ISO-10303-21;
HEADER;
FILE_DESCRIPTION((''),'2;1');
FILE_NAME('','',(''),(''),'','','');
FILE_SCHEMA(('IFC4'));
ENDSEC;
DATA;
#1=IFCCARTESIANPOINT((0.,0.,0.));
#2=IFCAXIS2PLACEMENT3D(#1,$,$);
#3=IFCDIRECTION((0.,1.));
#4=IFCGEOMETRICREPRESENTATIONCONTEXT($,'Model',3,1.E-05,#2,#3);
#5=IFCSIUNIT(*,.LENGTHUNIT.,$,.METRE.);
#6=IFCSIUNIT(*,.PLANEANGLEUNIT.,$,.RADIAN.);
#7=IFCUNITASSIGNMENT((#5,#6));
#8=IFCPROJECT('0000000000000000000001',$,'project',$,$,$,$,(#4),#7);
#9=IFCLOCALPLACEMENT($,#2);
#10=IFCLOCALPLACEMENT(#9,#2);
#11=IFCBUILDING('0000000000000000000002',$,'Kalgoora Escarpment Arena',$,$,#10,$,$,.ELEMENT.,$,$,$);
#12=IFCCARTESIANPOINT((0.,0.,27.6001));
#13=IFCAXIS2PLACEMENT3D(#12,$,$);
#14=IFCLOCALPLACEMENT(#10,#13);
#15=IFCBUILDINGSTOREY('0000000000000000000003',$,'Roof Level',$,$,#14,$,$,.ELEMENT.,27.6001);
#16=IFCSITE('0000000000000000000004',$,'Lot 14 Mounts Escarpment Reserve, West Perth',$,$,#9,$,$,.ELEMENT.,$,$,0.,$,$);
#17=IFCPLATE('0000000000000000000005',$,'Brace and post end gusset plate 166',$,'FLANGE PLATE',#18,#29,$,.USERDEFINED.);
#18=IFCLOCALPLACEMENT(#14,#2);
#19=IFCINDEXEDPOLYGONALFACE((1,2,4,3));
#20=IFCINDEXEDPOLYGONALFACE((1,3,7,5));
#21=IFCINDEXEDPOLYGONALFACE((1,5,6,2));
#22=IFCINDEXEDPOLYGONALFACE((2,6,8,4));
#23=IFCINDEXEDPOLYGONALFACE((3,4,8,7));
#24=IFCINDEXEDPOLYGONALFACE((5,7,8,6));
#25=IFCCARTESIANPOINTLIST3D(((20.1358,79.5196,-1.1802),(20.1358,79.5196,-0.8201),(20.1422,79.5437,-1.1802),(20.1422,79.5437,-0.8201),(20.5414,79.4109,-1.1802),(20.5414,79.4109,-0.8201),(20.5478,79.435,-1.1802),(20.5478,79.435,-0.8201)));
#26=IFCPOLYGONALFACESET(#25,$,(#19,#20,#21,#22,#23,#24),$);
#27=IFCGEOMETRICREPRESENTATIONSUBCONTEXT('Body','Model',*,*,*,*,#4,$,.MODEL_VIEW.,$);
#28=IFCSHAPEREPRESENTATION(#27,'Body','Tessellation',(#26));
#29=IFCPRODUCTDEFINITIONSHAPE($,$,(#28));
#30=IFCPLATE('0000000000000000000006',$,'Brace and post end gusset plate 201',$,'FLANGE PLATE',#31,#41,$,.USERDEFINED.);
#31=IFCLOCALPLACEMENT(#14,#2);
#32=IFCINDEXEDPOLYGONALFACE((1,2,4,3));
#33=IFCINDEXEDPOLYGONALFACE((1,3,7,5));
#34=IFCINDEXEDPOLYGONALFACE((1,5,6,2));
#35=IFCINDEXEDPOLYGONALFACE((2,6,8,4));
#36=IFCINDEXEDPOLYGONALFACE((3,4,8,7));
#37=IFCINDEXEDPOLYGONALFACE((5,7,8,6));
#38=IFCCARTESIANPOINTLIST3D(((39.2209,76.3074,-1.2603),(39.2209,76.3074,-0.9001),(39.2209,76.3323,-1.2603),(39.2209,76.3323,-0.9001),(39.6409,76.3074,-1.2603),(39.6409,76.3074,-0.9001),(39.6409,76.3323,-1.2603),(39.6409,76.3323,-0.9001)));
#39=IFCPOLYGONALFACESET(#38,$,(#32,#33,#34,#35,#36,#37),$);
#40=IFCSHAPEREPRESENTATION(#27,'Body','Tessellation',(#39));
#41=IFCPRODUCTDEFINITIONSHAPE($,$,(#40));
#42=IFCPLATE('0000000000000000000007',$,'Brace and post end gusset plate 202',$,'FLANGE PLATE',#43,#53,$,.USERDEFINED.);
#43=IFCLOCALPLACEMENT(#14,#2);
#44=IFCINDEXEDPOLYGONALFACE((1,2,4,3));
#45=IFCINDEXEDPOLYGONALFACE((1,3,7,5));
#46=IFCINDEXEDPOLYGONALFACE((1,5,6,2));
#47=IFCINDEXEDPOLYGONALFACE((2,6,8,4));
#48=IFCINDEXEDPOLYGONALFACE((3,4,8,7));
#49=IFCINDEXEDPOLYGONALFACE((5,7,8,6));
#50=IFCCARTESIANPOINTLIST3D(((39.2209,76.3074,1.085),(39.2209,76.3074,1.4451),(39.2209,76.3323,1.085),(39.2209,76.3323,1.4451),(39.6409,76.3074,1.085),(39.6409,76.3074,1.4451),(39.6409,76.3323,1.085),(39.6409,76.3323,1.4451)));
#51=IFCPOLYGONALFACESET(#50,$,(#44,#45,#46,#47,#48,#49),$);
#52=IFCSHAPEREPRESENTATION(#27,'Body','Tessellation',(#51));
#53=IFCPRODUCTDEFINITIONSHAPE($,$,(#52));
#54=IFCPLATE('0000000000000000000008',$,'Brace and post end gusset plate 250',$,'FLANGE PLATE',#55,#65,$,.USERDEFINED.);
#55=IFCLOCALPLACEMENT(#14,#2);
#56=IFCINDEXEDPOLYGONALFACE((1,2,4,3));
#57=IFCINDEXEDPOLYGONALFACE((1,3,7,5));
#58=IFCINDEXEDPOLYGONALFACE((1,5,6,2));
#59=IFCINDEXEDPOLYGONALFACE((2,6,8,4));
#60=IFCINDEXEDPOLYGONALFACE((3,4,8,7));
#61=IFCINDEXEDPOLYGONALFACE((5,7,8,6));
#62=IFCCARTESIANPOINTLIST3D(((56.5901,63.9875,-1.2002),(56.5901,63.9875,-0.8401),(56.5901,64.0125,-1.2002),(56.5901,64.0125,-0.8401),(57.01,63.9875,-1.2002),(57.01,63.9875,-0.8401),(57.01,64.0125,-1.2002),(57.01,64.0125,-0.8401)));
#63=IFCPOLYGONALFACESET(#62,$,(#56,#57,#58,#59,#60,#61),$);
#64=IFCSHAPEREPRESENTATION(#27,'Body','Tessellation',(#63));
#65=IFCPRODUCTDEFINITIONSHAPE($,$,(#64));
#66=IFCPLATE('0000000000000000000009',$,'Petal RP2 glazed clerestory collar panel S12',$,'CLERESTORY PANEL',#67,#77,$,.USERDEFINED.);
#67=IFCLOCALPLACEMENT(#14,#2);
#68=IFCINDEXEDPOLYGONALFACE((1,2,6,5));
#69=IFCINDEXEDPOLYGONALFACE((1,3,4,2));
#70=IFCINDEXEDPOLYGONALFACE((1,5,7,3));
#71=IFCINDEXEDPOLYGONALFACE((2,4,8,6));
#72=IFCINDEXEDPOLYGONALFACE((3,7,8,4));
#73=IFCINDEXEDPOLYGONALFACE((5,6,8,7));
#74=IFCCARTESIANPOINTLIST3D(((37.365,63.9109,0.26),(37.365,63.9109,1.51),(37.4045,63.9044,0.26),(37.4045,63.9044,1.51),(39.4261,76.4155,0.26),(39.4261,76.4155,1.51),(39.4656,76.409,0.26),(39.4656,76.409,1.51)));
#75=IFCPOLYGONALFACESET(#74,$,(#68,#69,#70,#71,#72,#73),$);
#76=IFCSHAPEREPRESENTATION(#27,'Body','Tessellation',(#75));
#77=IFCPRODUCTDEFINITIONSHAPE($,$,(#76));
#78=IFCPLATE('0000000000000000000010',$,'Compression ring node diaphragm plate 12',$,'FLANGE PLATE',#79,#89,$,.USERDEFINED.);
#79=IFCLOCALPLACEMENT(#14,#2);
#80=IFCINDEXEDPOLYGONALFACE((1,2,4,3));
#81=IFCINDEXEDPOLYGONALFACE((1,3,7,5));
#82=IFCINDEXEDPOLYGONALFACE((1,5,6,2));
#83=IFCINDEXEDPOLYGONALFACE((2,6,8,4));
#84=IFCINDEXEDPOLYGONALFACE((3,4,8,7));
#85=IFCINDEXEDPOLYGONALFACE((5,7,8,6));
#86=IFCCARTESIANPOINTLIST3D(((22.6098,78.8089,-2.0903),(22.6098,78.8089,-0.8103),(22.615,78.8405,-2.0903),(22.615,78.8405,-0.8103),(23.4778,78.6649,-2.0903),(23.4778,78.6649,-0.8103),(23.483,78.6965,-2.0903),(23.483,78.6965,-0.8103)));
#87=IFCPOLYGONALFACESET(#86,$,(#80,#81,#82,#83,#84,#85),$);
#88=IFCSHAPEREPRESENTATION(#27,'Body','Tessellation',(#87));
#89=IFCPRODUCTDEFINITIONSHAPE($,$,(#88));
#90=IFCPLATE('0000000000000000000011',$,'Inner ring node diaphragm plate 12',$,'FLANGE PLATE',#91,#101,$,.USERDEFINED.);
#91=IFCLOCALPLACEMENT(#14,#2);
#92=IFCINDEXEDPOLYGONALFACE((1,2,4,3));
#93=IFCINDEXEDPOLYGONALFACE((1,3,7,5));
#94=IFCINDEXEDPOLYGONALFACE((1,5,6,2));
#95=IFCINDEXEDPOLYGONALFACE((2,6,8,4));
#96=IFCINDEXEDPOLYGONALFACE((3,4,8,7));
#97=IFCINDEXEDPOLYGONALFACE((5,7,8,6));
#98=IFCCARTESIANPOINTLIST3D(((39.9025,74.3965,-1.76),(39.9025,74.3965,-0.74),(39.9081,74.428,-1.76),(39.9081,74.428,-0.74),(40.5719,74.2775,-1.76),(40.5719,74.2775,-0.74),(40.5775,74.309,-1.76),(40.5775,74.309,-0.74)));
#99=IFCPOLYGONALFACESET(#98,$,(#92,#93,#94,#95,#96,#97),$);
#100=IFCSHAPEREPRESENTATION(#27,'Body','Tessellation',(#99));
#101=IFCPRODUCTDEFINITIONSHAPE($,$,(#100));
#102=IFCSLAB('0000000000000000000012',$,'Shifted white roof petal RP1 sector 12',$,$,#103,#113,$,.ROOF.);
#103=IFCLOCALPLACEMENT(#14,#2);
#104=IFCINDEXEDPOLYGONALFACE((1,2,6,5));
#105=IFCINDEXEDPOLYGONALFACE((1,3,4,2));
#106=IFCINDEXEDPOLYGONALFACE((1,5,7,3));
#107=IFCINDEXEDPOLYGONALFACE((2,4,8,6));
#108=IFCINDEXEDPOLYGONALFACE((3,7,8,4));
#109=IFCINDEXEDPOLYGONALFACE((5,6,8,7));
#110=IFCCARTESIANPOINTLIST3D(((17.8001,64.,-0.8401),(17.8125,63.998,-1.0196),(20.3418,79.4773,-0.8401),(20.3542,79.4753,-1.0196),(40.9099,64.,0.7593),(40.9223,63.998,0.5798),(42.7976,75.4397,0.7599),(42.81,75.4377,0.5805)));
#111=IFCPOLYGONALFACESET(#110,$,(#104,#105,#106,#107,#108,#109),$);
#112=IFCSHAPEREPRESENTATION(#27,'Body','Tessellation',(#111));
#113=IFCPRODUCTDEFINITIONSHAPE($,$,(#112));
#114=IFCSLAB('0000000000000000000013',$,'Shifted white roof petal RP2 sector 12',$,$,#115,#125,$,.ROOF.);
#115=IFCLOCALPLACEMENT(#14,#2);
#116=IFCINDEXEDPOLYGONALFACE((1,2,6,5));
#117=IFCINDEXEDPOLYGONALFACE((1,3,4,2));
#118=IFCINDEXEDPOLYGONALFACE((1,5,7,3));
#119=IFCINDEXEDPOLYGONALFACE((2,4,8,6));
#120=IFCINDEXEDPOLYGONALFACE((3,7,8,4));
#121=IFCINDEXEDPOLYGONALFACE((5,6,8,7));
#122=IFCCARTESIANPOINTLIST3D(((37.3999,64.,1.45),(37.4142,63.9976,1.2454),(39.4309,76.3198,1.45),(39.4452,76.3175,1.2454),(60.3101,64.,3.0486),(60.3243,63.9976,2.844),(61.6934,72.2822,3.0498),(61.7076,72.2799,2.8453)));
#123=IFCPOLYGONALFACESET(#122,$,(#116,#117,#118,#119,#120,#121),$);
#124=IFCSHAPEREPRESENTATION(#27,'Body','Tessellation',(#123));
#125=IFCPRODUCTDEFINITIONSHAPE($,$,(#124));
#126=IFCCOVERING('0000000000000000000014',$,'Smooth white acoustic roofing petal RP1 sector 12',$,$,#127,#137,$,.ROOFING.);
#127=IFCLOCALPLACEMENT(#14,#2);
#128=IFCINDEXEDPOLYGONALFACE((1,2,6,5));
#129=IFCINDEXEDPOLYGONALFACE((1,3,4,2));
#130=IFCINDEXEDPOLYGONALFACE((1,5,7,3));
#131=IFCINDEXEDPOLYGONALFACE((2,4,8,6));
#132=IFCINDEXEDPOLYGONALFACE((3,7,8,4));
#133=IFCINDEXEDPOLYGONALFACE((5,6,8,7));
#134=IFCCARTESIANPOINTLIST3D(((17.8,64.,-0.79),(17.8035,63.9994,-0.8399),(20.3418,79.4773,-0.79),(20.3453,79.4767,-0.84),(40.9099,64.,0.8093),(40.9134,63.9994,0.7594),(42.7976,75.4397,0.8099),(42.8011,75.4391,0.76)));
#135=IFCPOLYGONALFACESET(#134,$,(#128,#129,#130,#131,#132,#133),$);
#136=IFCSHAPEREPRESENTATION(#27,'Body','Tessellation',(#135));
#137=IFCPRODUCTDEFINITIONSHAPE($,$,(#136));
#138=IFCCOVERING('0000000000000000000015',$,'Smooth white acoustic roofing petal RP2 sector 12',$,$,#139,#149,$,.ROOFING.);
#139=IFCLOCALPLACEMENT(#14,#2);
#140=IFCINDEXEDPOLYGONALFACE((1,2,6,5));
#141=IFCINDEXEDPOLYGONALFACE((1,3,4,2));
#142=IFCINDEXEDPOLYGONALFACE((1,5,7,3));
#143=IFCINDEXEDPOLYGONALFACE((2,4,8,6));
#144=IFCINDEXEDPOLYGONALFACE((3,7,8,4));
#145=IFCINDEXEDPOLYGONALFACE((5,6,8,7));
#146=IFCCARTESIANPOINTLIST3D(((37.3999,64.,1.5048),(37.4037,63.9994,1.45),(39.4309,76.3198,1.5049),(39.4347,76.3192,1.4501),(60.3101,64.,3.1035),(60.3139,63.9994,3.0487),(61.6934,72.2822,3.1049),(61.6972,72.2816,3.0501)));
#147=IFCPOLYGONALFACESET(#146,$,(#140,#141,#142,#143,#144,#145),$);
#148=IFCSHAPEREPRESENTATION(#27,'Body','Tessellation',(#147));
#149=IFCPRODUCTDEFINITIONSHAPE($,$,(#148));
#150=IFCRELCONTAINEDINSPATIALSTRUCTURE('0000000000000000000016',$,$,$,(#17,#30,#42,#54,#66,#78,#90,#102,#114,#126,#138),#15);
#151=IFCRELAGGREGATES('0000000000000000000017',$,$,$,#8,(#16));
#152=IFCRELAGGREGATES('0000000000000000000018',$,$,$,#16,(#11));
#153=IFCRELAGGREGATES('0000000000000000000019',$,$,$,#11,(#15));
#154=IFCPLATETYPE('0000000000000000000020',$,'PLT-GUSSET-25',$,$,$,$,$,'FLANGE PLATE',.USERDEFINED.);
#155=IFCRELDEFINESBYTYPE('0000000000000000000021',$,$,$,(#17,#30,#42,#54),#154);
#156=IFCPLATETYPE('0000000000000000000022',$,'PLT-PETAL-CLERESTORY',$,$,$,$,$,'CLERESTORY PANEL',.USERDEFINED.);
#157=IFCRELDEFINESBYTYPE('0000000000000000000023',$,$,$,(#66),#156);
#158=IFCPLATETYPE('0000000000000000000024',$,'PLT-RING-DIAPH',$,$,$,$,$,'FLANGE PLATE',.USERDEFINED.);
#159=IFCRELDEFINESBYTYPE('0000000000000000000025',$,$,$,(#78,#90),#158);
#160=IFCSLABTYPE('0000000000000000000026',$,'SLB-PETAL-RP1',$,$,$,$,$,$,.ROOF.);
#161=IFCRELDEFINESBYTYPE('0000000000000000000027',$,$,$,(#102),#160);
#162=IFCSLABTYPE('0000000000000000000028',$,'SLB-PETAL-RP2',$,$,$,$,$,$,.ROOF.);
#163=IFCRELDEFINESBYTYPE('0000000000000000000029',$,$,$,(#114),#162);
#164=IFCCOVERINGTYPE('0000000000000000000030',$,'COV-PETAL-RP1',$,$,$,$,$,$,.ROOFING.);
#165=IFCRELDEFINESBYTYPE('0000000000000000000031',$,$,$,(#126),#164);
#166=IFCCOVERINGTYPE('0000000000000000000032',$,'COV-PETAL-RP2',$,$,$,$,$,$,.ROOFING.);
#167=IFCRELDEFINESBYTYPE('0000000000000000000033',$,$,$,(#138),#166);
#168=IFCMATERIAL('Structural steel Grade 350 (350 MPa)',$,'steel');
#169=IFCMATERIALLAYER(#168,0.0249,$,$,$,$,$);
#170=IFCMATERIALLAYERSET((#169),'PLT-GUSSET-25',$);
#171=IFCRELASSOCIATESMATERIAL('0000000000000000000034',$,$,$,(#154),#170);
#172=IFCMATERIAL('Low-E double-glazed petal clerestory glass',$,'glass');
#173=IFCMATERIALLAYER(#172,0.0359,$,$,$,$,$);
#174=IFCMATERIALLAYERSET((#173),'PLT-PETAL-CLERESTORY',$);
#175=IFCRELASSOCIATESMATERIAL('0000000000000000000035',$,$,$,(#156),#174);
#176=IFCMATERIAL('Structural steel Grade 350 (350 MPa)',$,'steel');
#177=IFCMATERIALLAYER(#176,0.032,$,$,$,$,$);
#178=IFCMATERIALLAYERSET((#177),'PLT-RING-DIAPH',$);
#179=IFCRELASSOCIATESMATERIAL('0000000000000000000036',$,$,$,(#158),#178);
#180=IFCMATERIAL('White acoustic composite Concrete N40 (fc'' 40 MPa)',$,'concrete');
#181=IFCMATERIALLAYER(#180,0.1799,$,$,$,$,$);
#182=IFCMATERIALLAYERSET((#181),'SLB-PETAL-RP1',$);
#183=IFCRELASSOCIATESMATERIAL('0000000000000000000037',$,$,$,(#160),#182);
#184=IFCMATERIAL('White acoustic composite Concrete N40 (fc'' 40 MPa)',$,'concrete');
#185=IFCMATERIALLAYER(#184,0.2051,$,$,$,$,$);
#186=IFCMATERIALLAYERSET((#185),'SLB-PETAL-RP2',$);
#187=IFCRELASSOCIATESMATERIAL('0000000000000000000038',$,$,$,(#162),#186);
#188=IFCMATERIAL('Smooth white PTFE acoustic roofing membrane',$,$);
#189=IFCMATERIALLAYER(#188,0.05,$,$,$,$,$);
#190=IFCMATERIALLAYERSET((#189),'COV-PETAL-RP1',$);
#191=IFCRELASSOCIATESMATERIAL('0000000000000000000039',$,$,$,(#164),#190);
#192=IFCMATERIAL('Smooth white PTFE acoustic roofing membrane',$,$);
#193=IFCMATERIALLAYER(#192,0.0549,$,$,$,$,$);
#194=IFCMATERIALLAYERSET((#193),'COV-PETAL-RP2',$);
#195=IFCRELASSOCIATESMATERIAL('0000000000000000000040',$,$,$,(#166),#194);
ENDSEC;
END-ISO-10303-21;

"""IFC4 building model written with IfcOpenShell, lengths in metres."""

from ifc_helpers import new_model, si_unit, direction, frame, origin, origin_2d, place, context, subcontext, project, spatial, polyline, rectangle, outline, extrude, material, layer, layer_set, type_object, element, save


model = new_model("IFC4")

# Units and contexts
model_context = context("Model", 3, precision=1e-05, world=origin(), true_north=direction((0.0, 1.0)))
body_context = subcontext(model_context, "Body", "Model", "MODEL_VIEW")
ifc_project = project(units=[si_unit("LENGTHUNIT", "METRE"), si_unit("PLANEANGLEUNIT", "RADIAN")], contexts=[model_context])

# Site, building, storey
site_placement = place(None, origin())
site = spatial("IfcSite", under=ifc_project, at=site_placement, Name="Lot 14 Mounts Escarpment Reserve, West Perth", CompositionType="ELEMENT", RefElevation=0.0)
building_placement = place(site_placement, origin())
building = spatial("IfcBuilding", under=site, at=building_placement, Name="Kalgoora Escarpment Arena", CompositionType="ELEMENT")
storey_placement = place(building_placement, frame((0.0, 0.0, 27.6001)))
storey = spatial("IfcBuildingStorey", under=building, at=storey_placement, Name="Roof Level", CompositionType="ELEMENT", Elevation=27.6001)

# Plates
ifc_material_1 = material(Name="Structural steel Grade 350 (350 MPa)", Category="steel")
ifc_layer_1 = layer(ifc_material_1, 0.0249)
ifc_layer_set_1 = layer_set([ifc_layer_1], Name="PLT-GUSSET-25")
plate_type_1 = type_object("IfcPlateType", Name="PLT-GUSSET-25", ElementType="FLANGE PLATE", PredefinedType="USERDEFINED", material=ifc_layer_set_1)
for number, where, z_axis, x_axis, name in (
    (1, (20.3418, 79.4773, -1.1802), (0.0, 0.0, 1.0), (-0.965926, 0.258819, 0.0), "Brace and post end gusset plate 166"),
    (2, (39.4309, 76.3198, -1.2603), (0.0, 0.0, 1.0), (1.0, 0.0, 0.0), "Brace and post end gusset plate 201"),
    (3, (39.4309, 76.3198, 1.085), (0.0, 0.0, 1.0), (1.0, 0.0, 0.0), "Brace and post end gusset plate 202"),
    (4, (56.8, 64.0, -1.2002), (0.0, 0.0, 1.0), (1.0, 0.0, 0.0), "Brace and post end gusset plate 250"),
):
    element("IfcPlate", number, at=place(storey_placement, frame(where, z_axis=z_axis, x_axis=x_axis)), inside=storey, type_object=plate_type_1, Name=name, ObjectType="FLANGE PLATE", PredefinedType="USERDEFINED", context=body_context, shape_type="SweptSolid", body=[
        extrude(rectangle(XDim=0.4199, YDim=0.0249, at=origin_2d()), origin(), (0.0, 0.0, 1.0), 0.3601),
    ])
ifc_material_2 = material(Name="Low-E double-glazed petal clerestory glass", Category="glass")
ifc_layer_2 = layer(ifc_material_2, 0.0359)
ifc_layer_set_2 = layer_set([ifc_layer_2], Name="PLT-PETAL-CLERESTORY")
plate_type_2 = type_object("IfcPlateType", Name="PLT-PETAL-CLERESTORY", ElementType="CLERESTORY PANEL", PredefinedType="USERDEFINED", material=ifc_layer_set_2)
plate_1_placement = place(storey_placement, frame((38.4153, 70.1599, 0.26), z_axis=(0.0, 0.0, 1.0), x_axis=(-0.162637, -0.986686, 0.0)))
element("IfcPlate", 5, at=plate_1_placement, inside=storey, type_object=plate_type_2, Name="Petal RP2 glazed clerestory collar panel S12", ObjectType="CLERESTORY PANEL", PredefinedType="USERDEFINED", context=body_context, shape_type="SweptSolid", body=[
    extrude(rectangle(XDim=12.6733, YDim=0.04, at=origin_2d()), origin(), (0.0, 0.0, 1.0), 1.25),
])
ifc_material_3 = material(Name="Structural steel Grade 350 (350 MPa)", Category="steel")
ifc_layer_3 = layer(ifc_material_3, 0.032)
ifc_layer_set_3 = layer_set([ifc_layer_3], Name="PLT-RING-DIAPH")
plate_type_3 = type_object("IfcPlateType", Name="PLT-RING-DIAPH", ElementType="FLANGE PLATE", PredefinedType="USERDEFINED", material=ifc_layer_set_3)
plate_2_placement = place(storey_placement, frame((23.0464, 78.7527, -2.0903), z_axis=(0.0, 0.0, 1.0), x_axis=(-0.16367, -0.986515, 0.0)))
element("IfcPlate", 6, at=plate_2_placement, inside=storey, type_object=plate_type_3, Name="Compression ring node diaphragm plate 12", ObjectType="FLANGE PLATE", PredefinedType="USERDEFINED", context=body_context, shape_type="SweptSolid", body=[
    extrude(rectangle(XDim=0.032, YDim=0.8799, at=origin_2d()), origin(), (0.0, 0.0, 1.0), 1.28),
])
plate_3_placement = place(storey_placement, frame((40.24, 74.3528, -1.76), z_axis=(0.0, 0.0, 1.0), x_axis=(-0.175023, -0.984564, 0.0)))
element("IfcPlate", 7, at=plate_3_placement, inside=storey, type_object=plate_type_3, Name="Inner ring node diaphragm plate 12", ObjectType="FLANGE PLATE", PredefinedType="USERDEFINED", context=body_context, shape_type="SweptSolid", body=[
    extrude(rectangle(XDim=0.032, YDim=0.6799, at=origin_2d()), origin(), (0.0, 0.0, 1.0), 1.02),
])

# Slabs
ifc_material_4 = material(Name="White acoustic composite Concrete N40 (fc' 40 MPa)", Category="concrete")
ifc_layer_4 = layer(ifc_material_4, 0.1799)
ifc_layer_set_4 = layer_set([ifc_layer_4], Name="SLB-PETAL-RP1")
slab_type_1 = type_object("IfcSlabType", Name="SLB-PETAL-RP1", PredefinedType="ROOF", material=ifc_layer_set_4)
slab_1_placement = place(storey_placement, frame((20.3418, 79.4773, -0.8401), z_axis=(-0.06904, 0.011334, 0.997549), x_axis=(-0.162053, -0.986782, -0.000004)))
element("IfcSlab", 8, at=slab_1_placement, inside=storey, type_object=slab_type_1, Name="Shifted white roof petal RP1 sector 12", PredefinedType="ROOF", context=body_context, shape_type="SweptSolid", body=[
    extrude(outline(polyline([(0.0, 0.0), (15.6846, 0.0), (11.9396, 22.8604), (0.3452, 22.8693), (0.0, 0.0)])), origin(), (0.0, 0.0, -1.0), 0.1799),
])
ifc_material_5 = material(Name="White acoustic composite Concrete N40 (fc' 40 MPa)", Category="concrete")
ifc_layer_5 = layer(ifc_material_5, 0.2051)
ifc_layer_set_5 = layer_set([ifc_layer_5], Name="SLB-PETAL-RP2")
slab_type_2 = type_object("IfcSlabType", Name="SLB-PETAL-RP2", PredefinedType="ROOF", material=ifc_layer_set_5)
slab_2_placement = place(storey_placement, frame((39.4309, 76.3198, 1.45), z_axis=(-0.069604, 0.011476, 0.997509), x_axis=(-0.162661, -0.986682, 0.000001)))
element("IfcSlab", 9, at=slab_2_placement, inside=storey, type_object=slab_type_2, Name="Shifted white roof petal RP2 sector 12", PredefinedType="ROOF", context=body_context, shape_type="SweptSolid", body=[
    extrude(outline(polyline([(0.0, 0.0), (12.4861, 0.0), (8.7595, 22.6615), (0.3626, 22.6792), (0.0, 0.0)])), origin(), (0.0, 0.0, -1.0), 0.2051),
])

# Coverings
ifc_material_6 = material(Name="Smooth white PTFE acoustic roofing membrane")
ifc_layer_6 = layer(ifc_material_6, 0.05)
ifc_layer_set_6 = layer_set([ifc_layer_6], Name="COV-PETAL-RP1")
covering_type_1 = type_object("IfcCoveringType", Name="COV-PETAL-RP1", PredefinedType="ROOFING", material=ifc_layer_set_6)
covering_1_placement = place(storey_placement, frame((20.3418, 79.4773, -0.79), z_axis=(-0.069034, 0.011342, 0.99755), x_axis=(-0.162054, -0.986782, 0.000005)))
element("IfcCovering", 10, at=covering_1_placement, inside=storey, type_object=covering_type_1, Name="Smooth white acoustic roofing petal RP1 sector 12", PredefinedType="ROOFING", context=body_context, shape_type="SweptSolid", body=[
    extrude(outline(polyline([(0.0, 0.0), (15.6846, 0.0), (11.9396, 22.8604), (0.3452, 22.8693), (0.0, 0.0)])), origin(), (0.0, 0.0, -1.0), 0.05),
])
ifc_material_7 = material(Name="Smooth white PTFE acoustic roofing membrane")
ifc_layer_7 = layer(ifc_material_7, 0.0549)
ifc_layer_set_7 = layer_set([ifc_layer_7], Name="COV-PETAL-RP2")
covering_type_2 = type_object("IfcCoveringType", Name="COV-PETAL-RP2", PredefinedType="ROOFING", material=ifc_layer_set_7)
covering_2_placement = place(storey_placement, frame((39.4309, 76.3198, 1.5049), z_axis=(-0.06961, 0.011465, 0.997508), x_axis=(-0.16266, -0.986682, -0.00001)))
element("IfcCovering", 11, at=covering_2_placement, inside=storey, type_object=covering_type_2, Name="Smooth white acoustic roofing petal RP2 sector 12", PredefinedType="ROOFING", context=body_context, shape_type="SweptSolid", body=[
    extrude(outline(polyline([(0.0, 0.0), (12.4861, 0.0), (8.7595, 22.6615), (0.3626, 22.6792), (0.0, 0.0)])), origin(), (0.0, 0.0, -1.0), 0.0549),
])

save(model, "model.ifc")
